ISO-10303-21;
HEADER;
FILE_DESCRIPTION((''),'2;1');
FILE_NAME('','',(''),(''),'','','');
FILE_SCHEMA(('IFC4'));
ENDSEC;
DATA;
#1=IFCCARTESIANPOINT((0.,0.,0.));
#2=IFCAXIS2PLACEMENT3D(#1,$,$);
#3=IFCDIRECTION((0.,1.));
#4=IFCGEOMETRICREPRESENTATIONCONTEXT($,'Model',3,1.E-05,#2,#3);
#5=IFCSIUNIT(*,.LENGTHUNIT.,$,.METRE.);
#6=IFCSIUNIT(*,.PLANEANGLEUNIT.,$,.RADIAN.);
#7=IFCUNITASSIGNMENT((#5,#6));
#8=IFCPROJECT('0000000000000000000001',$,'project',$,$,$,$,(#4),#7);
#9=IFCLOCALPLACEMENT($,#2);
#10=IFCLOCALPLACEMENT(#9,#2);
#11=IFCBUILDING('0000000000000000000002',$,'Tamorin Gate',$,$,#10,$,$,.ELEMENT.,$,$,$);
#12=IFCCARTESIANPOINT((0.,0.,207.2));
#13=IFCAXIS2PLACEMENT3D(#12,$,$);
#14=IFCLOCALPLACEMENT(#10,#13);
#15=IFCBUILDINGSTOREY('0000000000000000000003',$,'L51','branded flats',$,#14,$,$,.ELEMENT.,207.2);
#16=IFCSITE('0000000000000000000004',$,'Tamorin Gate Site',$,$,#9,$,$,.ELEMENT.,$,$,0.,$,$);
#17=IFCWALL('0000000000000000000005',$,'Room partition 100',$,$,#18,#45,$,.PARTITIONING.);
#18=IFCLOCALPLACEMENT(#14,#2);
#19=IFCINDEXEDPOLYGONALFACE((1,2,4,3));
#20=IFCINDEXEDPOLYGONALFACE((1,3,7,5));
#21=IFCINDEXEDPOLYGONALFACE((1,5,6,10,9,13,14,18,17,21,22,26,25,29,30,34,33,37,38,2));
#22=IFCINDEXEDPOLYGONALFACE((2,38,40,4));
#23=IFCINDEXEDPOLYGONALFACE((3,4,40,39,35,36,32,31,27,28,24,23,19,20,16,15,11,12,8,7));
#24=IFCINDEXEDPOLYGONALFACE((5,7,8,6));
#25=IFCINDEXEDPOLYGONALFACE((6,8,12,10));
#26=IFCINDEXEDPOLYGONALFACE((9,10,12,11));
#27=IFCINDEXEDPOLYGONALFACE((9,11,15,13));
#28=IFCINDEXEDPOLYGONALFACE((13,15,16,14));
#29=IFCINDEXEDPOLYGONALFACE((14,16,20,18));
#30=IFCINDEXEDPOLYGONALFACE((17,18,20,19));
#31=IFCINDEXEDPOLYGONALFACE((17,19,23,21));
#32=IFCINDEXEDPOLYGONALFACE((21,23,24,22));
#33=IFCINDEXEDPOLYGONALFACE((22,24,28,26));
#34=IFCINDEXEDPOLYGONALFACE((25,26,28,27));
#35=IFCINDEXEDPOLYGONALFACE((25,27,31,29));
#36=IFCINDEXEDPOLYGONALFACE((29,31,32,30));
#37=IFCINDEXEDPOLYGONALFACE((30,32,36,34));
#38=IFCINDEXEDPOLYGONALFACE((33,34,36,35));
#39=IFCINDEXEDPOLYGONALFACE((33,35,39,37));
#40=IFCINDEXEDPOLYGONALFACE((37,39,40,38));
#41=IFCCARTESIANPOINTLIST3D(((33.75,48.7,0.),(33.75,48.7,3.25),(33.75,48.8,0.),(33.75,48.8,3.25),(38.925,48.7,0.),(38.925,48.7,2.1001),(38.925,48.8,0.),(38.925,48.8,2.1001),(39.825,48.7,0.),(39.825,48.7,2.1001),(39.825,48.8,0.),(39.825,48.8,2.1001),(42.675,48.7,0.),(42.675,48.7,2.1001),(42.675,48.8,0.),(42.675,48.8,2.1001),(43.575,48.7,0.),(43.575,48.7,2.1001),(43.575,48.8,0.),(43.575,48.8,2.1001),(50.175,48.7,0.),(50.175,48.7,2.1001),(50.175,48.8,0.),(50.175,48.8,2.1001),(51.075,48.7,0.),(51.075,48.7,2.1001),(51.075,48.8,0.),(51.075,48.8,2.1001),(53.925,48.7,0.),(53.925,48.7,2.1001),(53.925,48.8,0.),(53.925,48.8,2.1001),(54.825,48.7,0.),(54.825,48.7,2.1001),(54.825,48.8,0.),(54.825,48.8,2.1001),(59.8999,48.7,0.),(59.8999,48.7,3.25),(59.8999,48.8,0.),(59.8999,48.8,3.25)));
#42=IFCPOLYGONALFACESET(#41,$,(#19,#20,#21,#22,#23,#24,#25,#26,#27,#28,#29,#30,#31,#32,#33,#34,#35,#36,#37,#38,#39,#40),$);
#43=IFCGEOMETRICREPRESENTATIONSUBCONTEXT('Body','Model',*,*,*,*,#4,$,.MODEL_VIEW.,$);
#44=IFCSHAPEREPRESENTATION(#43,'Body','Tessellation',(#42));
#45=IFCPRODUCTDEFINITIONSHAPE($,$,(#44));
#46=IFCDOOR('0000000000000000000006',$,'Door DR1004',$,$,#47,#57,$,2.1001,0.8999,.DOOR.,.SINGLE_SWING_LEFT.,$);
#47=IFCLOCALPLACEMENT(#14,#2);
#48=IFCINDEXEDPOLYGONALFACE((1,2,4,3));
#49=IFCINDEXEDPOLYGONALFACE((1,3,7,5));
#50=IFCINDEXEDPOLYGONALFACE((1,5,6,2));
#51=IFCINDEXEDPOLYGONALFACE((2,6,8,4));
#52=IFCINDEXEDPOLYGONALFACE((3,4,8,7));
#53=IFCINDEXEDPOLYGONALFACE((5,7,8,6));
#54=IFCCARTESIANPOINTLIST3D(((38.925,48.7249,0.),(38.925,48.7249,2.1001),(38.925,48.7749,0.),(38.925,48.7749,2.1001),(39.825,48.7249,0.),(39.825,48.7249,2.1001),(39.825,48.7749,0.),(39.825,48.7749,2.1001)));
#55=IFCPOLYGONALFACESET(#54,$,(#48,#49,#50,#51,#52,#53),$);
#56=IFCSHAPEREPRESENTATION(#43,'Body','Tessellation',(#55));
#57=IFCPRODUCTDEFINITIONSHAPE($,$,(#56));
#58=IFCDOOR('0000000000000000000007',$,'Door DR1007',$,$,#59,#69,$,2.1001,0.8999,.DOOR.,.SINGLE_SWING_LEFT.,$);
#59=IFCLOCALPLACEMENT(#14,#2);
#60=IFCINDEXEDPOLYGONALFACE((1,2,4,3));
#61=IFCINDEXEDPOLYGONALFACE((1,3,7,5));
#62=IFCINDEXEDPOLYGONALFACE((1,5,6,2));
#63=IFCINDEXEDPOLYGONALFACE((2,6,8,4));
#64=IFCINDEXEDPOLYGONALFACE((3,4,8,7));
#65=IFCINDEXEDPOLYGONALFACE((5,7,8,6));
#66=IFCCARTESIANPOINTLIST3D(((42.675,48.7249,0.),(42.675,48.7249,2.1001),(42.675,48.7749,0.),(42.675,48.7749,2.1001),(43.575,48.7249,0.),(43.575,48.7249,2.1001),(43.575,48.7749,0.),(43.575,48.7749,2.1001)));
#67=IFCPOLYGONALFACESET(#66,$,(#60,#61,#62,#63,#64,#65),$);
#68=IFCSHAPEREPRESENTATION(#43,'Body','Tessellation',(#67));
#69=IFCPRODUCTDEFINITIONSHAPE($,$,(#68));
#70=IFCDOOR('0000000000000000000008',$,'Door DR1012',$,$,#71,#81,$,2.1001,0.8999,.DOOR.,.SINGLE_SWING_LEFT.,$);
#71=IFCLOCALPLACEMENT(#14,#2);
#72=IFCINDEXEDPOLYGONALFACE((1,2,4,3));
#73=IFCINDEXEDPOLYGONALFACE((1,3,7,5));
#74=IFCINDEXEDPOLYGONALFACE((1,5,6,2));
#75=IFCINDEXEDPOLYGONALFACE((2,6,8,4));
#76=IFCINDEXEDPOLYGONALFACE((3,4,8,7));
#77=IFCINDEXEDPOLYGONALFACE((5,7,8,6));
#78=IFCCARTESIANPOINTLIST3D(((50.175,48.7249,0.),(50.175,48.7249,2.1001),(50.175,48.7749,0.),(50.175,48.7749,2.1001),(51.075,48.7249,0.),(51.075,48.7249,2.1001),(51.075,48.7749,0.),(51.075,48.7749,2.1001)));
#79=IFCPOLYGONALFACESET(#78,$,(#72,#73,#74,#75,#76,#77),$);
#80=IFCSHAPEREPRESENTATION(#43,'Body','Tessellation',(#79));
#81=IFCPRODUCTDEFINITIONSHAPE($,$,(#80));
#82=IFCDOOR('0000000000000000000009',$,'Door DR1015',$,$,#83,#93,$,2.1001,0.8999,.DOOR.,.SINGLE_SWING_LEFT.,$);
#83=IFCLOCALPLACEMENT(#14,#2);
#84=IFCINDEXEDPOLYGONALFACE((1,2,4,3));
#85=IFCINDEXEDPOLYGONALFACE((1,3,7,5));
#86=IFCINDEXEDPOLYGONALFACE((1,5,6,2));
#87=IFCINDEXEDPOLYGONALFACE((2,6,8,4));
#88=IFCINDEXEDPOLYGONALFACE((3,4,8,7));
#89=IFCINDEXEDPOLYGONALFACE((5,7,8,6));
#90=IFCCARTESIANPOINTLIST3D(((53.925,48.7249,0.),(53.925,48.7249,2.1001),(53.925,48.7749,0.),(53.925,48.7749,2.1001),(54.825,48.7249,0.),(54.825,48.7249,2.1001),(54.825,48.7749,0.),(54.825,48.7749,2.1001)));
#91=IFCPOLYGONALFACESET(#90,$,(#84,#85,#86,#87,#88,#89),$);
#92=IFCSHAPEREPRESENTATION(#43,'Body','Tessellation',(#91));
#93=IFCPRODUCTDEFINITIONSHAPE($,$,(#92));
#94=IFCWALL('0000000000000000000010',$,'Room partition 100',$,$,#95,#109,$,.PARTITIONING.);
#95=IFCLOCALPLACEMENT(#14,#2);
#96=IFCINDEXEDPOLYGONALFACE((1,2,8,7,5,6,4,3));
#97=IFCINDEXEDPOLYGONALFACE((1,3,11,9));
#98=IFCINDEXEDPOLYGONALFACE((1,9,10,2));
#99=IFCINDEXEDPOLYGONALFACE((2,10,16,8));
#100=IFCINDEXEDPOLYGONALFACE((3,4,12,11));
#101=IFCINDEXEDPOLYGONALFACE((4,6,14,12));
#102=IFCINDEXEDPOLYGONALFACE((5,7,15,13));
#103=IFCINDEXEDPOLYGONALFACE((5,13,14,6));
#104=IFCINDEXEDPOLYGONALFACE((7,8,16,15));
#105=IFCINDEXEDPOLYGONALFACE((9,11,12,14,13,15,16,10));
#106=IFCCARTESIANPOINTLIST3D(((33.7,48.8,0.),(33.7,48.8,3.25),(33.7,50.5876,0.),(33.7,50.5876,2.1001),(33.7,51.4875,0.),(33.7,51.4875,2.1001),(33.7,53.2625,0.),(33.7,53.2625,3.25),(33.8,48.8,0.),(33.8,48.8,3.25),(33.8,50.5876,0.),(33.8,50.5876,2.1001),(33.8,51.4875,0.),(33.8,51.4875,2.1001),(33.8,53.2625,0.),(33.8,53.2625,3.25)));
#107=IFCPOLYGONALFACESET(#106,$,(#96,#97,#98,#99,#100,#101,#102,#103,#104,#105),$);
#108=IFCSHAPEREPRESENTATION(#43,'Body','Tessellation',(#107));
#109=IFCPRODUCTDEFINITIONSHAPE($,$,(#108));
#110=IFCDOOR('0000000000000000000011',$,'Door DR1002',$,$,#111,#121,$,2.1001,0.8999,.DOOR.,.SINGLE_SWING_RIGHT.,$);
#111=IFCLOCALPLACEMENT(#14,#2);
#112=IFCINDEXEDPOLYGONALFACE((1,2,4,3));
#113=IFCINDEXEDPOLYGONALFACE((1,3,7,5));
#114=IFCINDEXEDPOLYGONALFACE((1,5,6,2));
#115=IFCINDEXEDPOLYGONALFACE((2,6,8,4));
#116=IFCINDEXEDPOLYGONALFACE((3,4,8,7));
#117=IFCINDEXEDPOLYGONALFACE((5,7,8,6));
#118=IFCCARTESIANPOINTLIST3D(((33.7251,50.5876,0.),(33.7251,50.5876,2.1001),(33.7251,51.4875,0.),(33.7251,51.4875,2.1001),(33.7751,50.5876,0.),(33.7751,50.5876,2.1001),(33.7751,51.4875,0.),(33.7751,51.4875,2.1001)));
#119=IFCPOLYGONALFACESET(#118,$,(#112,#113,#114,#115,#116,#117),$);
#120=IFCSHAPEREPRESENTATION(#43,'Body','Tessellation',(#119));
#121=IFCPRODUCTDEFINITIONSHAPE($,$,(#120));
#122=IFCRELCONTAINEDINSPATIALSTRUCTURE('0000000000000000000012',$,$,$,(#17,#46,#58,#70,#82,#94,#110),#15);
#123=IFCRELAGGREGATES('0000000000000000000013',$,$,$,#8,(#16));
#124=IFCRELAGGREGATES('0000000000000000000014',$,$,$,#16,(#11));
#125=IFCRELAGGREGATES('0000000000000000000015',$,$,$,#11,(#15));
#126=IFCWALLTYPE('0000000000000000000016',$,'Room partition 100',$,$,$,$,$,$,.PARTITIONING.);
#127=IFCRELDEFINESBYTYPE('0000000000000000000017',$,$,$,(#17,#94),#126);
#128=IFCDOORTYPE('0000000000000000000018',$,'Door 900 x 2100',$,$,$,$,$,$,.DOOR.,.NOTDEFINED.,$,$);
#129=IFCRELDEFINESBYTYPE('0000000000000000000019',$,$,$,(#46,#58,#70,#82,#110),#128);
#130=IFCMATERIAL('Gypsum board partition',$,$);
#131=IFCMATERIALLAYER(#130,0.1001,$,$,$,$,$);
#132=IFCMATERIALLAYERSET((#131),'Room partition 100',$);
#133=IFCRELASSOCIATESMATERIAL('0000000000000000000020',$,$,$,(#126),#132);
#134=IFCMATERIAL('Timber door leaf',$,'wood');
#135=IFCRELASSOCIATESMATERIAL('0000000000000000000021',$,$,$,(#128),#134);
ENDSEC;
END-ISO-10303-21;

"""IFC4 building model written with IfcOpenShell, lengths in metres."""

from ifc_helpers import new_model, si_unit, direction, frame, frame_2d, origin, place, context, subcontext, project, spatial, rectangle, extrude, material, layer, layer_set, type_object, element, fill, save


model = new_model("IFC4")

# Units and contexts
model_context = context("Model", 3, precision=1e-05, world=origin(), true_north=direction((0.0, 1.0)))
body_context = subcontext(model_context, "Body", "Model", "MODEL_VIEW")
ifc_project = project(units=[si_unit("LENGTHUNIT", "METRE"), si_unit("PLANEANGLEUNIT", "RADIAN")], contexts=[model_context])

# Site, building, storey
site_placement = place(None, origin())
site = spatial("IfcSite", under=ifc_project, at=site_placement, Name="Tamorin Gate Site", CompositionType="ELEMENT", RefElevation=0.0)
building_placement = place(site_placement, origin())
building = spatial("IfcBuilding", under=site, at=building_placement, Name="Tamorin Gate", CompositionType="ELEMENT")
storey_placement = place(building_placement, frame((0.0, 0.0, 207.2)))
storey = spatial("IfcBuildingStorey", under=building, at=storey_placement, Name="L51", Description="branded flats", CompositionType="ELEMENT", Elevation=207.2)

# Wall, openings, doors
ifc_material_1 = material(Name="Gypsum board partition")
ifc_layer_1 = layer(ifc_material_1, 0.1001)
ifc_layer_set_1 = layer_set([ifc_layer_1], Name="Room partition 100")
wall_type_1 = type_object("IfcWallType", Name="Room partition 100", PredefinedType="PARTITIONING", material=ifc_layer_set_1)
wall_1_placement = place(storey_placement, frame((33.75, 48.75, 0.0), z_axis=(0.0, 0.0, 1.0), x_axis=(1.0, 0.0, 0.0)))
wall_1 = element("IfcWall", 1, at=wall_1_placement, inside=storey, type_object=wall_type_1, Name="Room partition 100", PredefinedType="PARTITIONING", context=body_context, shape_type="SweptSolid", body=[
    extrude(rectangle(XDim=26.1499, YDim=0.1001, at=frame_2d((13.075, 0.0))), origin(), (0.0, 0.0, 1.0), 3.25),
])
opening_1_placement = place(wall_1_placement, frame((5.175, 0.0, 0.0)))
opening_1 = element("IfcOpeningElement", 2, at=opening_1_placement, cuts=wall_1, PredefinedType="OPENING", context=body_context, shape_type="SweptSolid", body=[
    extrude(rectangle(XDim=0.8999, YDim=2.1001, at=frame_2d((0.45, 1.05))), frame((0.0, 0.0601, 0.0), z_axis=(0.0, -1.0, 0.0), x_axis=(1.0, 0.0, 0.0)), (0.0, 0.0, 1.0), 0.1201),
])
opening_2_placement = place(wall_1_placement, frame((8.925, 0.0, 0.0)))
opening_2 = element("IfcOpeningElement", 3, at=opening_2_placement, cuts=wall_1, PredefinedType="OPENING", context=body_context, shape_type="SweptSolid", body=[
    extrude(rectangle(XDim=0.8999, YDim=2.1001, at=frame_2d((0.45, 1.05))), frame((0.0, 0.0601, 0.0), z_axis=(0.0, -1.0, 0.0), x_axis=(1.0, 0.0, 0.0)), (0.0, 0.0, 1.0), 0.1201),
])
opening_3_placement = place(wall_1_placement, frame((16.425, 0.0, 0.0)))
opening_3 = element("IfcOpeningElement", 4, at=opening_3_placement, cuts=wall_1, PredefinedType="OPENING", context=body_context, shape_type="SweptSolid", body=[
    extrude(rectangle(XDim=0.8999, YDim=2.1001, at=frame_2d((0.45, 1.05))), frame((0.0, 0.0601, 0.0), z_axis=(0.0, -1.0, 0.0), x_axis=(1.0, 0.0, 0.0)), (0.0, 0.0, 1.0), 0.1201),
])
opening_4_placement = place(wall_1_placement, frame((20.175, 0.0, 0.0)))
opening_4 = element("IfcOpeningElement", 5, at=opening_4_placement, cuts=wall_1, PredefinedType="OPENING", context=body_context, shape_type="SweptSolid", body=[
    extrude(rectangle(XDim=0.8999, YDim=2.1001, at=frame_2d((0.45, 1.05))), frame((0.0, 0.0601, 0.0), z_axis=(0.0, -1.0, 0.0), x_axis=(1.0, 0.0, 0.0)), (0.0, 0.0, 1.0), 0.1201),
])
ifc_material_2 = material(Name="Timber door leaf", Category="wood")
door_type = type_object("IfcDoorType", Name="Door 900 x 2100", OperationType="NOTDEFINED", PredefinedType="DOOR", material=ifc_material_2)
door_1_placement = place(opening_1_placement, origin())
door_1 = element("IfcDoor", 6, at=door_1_placement, inside=storey, type_object=door_type, Name="Door DR1004", OperationType="SINGLE_SWING_LEFT", OverallHeight=2.1001, OverallWidth=0.8999, PredefinedType="DOOR", context=body_context, shape_type="SweptSolid", body=[
    extrude(rectangle(XDim=0.8999, YDim=2.1001, at=frame_2d((0.45, 1.05))), frame((0.0, 0.0249, 0.0), z_axis=(0.0, -1.0, 0.0), x_axis=(1.0, 0.0, 0.0)), (0.0, 0.0, 1.0), 0.05),
])
fill(opening_1, door_1)
door_2_placement = place(opening_2_placement, origin())
door_2 = element("IfcDoor", 7, at=door_2_placement, inside=storey, type_object=door_type, Name="Door DR1007", OperationType="SINGLE_SWING_LEFT", OverallHeight=2.1001, OverallWidth=0.8999, PredefinedType="DOOR", context=body_context, shape_type="SweptSolid", body=[
    extrude(rectangle(XDim=0.8999, YDim=2.1001, at=frame_2d((0.45, 1.05))), frame((0.0, 0.0249, 0.0), z_axis=(0.0, -1.0, 0.0), x_axis=(1.0, 0.0, 0.0)), (0.0, 0.0, 1.0), 0.05),
])
fill(opening_2, door_2)
door_3_placement = place(opening_3_placement, origin())
door_3 = element("IfcDoor", 8, at=door_3_placement, inside=storey, type_object=door_type, Name="Door DR1012", OperationType="SINGLE_SWING_LEFT", OverallHeight=2.1001, OverallWidth=0.8999, PredefinedType="DOOR", context=body_context, shape_type="SweptSolid", body=[
    extrude(rectangle(XDim=0.8999, YDim=2.1001, at=frame_2d((0.45, 1.05))), frame((0.0, 0.0249, 0.0), z_axis=(0.0, -1.0, 0.0), x_axis=(1.0, 0.0, 0.0)), (0.0, 0.0, 1.0), 0.05),
])
fill(opening_3, door_3)
door_4_placement = place(opening_4_placement, origin())
door_4 = element("IfcDoor", 9, at=door_4_placement, inside=storey, type_object=door_type, Name="Door DR1015", OperationType="SINGLE_SWING_LEFT", OverallHeight=2.1001, OverallWidth=0.8999, PredefinedType="DOOR", context=body_context, shape_type="SweptSolid", body=[
    extrude(rectangle(XDim=0.8999, YDim=2.1001, at=frame_2d((0.45, 1.05))), frame((0.0, 0.0249, 0.0), z_axis=(0.0, -1.0, 0.0), x_axis=(1.0, 0.0, 0.0)), (0.0, 0.0, 1.0), 0.05),
])
fill(opening_4, door_4)

# Wall, opening, door
wall_2_placement = place(storey_placement, frame((33.75, 48.8, 0.0), z_axis=(0.0, 0.0, 1.0), x_axis=(0.0, 1.0, 0.0)))
wall_2 = element("IfcWall", 10, at=wall_2_placement, inside=storey, type_object=wall_type_1, Name="Room partition 100", PredefinedType="PARTITIONING", context=body_context, shape_type="SweptSolid", body=[
    extrude(rectangle(XDim=4.4624, YDim=0.1001, at=frame_2d((2.2312, 0.0))), origin(), (0.0, 0.0, 1.0), 3.25),
])
opening_5_placement = place(wall_2_placement, frame((1.7876, 0.0, 0.0)))
opening_5 = element("IfcOpeningElement", 11, at=opening_5_placement, cuts=wall_2, PredefinedType="OPENING", context=body_context, shape_type="SweptSolid", body=[
    extrude(rectangle(XDim=0.8999, YDim=2.1001, at=frame_2d((0.45, 1.05))), frame((0.0, 0.0601, 0.0), z_axis=(0.0, -1.0, 0.0), x_axis=(1.0, 0.0, 0.0)), (0.0, 0.0, 1.0), 0.1201),
])
door_5_placement = place(opening_5_placement, origin())
door_5 = element("IfcDoor", 12, at=door_5_placement, inside=storey, type_object=door_type, Name="Door DR1002", OperationType="SINGLE_SWING_RIGHT", OverallHeight=2.1001, OverallWidth=0.8999, PredefinedType="DOOR", context=body_context, shape_type="SweptSolid", body=[
    extrude(rectangle(XDim=0.8999, YDim=2.1001, at=frame_2d((0.45, 1.05))), frame((0.0, 0.0249, 0.0), z_axis=(0.0, -1.0, 0.0), x_axis=(1.0, 0.0, 0.0)), (0.0, 0.0, 1.0), 0.05),
])
fill(opening_5, door_5)

save(model, "model.ifc")
